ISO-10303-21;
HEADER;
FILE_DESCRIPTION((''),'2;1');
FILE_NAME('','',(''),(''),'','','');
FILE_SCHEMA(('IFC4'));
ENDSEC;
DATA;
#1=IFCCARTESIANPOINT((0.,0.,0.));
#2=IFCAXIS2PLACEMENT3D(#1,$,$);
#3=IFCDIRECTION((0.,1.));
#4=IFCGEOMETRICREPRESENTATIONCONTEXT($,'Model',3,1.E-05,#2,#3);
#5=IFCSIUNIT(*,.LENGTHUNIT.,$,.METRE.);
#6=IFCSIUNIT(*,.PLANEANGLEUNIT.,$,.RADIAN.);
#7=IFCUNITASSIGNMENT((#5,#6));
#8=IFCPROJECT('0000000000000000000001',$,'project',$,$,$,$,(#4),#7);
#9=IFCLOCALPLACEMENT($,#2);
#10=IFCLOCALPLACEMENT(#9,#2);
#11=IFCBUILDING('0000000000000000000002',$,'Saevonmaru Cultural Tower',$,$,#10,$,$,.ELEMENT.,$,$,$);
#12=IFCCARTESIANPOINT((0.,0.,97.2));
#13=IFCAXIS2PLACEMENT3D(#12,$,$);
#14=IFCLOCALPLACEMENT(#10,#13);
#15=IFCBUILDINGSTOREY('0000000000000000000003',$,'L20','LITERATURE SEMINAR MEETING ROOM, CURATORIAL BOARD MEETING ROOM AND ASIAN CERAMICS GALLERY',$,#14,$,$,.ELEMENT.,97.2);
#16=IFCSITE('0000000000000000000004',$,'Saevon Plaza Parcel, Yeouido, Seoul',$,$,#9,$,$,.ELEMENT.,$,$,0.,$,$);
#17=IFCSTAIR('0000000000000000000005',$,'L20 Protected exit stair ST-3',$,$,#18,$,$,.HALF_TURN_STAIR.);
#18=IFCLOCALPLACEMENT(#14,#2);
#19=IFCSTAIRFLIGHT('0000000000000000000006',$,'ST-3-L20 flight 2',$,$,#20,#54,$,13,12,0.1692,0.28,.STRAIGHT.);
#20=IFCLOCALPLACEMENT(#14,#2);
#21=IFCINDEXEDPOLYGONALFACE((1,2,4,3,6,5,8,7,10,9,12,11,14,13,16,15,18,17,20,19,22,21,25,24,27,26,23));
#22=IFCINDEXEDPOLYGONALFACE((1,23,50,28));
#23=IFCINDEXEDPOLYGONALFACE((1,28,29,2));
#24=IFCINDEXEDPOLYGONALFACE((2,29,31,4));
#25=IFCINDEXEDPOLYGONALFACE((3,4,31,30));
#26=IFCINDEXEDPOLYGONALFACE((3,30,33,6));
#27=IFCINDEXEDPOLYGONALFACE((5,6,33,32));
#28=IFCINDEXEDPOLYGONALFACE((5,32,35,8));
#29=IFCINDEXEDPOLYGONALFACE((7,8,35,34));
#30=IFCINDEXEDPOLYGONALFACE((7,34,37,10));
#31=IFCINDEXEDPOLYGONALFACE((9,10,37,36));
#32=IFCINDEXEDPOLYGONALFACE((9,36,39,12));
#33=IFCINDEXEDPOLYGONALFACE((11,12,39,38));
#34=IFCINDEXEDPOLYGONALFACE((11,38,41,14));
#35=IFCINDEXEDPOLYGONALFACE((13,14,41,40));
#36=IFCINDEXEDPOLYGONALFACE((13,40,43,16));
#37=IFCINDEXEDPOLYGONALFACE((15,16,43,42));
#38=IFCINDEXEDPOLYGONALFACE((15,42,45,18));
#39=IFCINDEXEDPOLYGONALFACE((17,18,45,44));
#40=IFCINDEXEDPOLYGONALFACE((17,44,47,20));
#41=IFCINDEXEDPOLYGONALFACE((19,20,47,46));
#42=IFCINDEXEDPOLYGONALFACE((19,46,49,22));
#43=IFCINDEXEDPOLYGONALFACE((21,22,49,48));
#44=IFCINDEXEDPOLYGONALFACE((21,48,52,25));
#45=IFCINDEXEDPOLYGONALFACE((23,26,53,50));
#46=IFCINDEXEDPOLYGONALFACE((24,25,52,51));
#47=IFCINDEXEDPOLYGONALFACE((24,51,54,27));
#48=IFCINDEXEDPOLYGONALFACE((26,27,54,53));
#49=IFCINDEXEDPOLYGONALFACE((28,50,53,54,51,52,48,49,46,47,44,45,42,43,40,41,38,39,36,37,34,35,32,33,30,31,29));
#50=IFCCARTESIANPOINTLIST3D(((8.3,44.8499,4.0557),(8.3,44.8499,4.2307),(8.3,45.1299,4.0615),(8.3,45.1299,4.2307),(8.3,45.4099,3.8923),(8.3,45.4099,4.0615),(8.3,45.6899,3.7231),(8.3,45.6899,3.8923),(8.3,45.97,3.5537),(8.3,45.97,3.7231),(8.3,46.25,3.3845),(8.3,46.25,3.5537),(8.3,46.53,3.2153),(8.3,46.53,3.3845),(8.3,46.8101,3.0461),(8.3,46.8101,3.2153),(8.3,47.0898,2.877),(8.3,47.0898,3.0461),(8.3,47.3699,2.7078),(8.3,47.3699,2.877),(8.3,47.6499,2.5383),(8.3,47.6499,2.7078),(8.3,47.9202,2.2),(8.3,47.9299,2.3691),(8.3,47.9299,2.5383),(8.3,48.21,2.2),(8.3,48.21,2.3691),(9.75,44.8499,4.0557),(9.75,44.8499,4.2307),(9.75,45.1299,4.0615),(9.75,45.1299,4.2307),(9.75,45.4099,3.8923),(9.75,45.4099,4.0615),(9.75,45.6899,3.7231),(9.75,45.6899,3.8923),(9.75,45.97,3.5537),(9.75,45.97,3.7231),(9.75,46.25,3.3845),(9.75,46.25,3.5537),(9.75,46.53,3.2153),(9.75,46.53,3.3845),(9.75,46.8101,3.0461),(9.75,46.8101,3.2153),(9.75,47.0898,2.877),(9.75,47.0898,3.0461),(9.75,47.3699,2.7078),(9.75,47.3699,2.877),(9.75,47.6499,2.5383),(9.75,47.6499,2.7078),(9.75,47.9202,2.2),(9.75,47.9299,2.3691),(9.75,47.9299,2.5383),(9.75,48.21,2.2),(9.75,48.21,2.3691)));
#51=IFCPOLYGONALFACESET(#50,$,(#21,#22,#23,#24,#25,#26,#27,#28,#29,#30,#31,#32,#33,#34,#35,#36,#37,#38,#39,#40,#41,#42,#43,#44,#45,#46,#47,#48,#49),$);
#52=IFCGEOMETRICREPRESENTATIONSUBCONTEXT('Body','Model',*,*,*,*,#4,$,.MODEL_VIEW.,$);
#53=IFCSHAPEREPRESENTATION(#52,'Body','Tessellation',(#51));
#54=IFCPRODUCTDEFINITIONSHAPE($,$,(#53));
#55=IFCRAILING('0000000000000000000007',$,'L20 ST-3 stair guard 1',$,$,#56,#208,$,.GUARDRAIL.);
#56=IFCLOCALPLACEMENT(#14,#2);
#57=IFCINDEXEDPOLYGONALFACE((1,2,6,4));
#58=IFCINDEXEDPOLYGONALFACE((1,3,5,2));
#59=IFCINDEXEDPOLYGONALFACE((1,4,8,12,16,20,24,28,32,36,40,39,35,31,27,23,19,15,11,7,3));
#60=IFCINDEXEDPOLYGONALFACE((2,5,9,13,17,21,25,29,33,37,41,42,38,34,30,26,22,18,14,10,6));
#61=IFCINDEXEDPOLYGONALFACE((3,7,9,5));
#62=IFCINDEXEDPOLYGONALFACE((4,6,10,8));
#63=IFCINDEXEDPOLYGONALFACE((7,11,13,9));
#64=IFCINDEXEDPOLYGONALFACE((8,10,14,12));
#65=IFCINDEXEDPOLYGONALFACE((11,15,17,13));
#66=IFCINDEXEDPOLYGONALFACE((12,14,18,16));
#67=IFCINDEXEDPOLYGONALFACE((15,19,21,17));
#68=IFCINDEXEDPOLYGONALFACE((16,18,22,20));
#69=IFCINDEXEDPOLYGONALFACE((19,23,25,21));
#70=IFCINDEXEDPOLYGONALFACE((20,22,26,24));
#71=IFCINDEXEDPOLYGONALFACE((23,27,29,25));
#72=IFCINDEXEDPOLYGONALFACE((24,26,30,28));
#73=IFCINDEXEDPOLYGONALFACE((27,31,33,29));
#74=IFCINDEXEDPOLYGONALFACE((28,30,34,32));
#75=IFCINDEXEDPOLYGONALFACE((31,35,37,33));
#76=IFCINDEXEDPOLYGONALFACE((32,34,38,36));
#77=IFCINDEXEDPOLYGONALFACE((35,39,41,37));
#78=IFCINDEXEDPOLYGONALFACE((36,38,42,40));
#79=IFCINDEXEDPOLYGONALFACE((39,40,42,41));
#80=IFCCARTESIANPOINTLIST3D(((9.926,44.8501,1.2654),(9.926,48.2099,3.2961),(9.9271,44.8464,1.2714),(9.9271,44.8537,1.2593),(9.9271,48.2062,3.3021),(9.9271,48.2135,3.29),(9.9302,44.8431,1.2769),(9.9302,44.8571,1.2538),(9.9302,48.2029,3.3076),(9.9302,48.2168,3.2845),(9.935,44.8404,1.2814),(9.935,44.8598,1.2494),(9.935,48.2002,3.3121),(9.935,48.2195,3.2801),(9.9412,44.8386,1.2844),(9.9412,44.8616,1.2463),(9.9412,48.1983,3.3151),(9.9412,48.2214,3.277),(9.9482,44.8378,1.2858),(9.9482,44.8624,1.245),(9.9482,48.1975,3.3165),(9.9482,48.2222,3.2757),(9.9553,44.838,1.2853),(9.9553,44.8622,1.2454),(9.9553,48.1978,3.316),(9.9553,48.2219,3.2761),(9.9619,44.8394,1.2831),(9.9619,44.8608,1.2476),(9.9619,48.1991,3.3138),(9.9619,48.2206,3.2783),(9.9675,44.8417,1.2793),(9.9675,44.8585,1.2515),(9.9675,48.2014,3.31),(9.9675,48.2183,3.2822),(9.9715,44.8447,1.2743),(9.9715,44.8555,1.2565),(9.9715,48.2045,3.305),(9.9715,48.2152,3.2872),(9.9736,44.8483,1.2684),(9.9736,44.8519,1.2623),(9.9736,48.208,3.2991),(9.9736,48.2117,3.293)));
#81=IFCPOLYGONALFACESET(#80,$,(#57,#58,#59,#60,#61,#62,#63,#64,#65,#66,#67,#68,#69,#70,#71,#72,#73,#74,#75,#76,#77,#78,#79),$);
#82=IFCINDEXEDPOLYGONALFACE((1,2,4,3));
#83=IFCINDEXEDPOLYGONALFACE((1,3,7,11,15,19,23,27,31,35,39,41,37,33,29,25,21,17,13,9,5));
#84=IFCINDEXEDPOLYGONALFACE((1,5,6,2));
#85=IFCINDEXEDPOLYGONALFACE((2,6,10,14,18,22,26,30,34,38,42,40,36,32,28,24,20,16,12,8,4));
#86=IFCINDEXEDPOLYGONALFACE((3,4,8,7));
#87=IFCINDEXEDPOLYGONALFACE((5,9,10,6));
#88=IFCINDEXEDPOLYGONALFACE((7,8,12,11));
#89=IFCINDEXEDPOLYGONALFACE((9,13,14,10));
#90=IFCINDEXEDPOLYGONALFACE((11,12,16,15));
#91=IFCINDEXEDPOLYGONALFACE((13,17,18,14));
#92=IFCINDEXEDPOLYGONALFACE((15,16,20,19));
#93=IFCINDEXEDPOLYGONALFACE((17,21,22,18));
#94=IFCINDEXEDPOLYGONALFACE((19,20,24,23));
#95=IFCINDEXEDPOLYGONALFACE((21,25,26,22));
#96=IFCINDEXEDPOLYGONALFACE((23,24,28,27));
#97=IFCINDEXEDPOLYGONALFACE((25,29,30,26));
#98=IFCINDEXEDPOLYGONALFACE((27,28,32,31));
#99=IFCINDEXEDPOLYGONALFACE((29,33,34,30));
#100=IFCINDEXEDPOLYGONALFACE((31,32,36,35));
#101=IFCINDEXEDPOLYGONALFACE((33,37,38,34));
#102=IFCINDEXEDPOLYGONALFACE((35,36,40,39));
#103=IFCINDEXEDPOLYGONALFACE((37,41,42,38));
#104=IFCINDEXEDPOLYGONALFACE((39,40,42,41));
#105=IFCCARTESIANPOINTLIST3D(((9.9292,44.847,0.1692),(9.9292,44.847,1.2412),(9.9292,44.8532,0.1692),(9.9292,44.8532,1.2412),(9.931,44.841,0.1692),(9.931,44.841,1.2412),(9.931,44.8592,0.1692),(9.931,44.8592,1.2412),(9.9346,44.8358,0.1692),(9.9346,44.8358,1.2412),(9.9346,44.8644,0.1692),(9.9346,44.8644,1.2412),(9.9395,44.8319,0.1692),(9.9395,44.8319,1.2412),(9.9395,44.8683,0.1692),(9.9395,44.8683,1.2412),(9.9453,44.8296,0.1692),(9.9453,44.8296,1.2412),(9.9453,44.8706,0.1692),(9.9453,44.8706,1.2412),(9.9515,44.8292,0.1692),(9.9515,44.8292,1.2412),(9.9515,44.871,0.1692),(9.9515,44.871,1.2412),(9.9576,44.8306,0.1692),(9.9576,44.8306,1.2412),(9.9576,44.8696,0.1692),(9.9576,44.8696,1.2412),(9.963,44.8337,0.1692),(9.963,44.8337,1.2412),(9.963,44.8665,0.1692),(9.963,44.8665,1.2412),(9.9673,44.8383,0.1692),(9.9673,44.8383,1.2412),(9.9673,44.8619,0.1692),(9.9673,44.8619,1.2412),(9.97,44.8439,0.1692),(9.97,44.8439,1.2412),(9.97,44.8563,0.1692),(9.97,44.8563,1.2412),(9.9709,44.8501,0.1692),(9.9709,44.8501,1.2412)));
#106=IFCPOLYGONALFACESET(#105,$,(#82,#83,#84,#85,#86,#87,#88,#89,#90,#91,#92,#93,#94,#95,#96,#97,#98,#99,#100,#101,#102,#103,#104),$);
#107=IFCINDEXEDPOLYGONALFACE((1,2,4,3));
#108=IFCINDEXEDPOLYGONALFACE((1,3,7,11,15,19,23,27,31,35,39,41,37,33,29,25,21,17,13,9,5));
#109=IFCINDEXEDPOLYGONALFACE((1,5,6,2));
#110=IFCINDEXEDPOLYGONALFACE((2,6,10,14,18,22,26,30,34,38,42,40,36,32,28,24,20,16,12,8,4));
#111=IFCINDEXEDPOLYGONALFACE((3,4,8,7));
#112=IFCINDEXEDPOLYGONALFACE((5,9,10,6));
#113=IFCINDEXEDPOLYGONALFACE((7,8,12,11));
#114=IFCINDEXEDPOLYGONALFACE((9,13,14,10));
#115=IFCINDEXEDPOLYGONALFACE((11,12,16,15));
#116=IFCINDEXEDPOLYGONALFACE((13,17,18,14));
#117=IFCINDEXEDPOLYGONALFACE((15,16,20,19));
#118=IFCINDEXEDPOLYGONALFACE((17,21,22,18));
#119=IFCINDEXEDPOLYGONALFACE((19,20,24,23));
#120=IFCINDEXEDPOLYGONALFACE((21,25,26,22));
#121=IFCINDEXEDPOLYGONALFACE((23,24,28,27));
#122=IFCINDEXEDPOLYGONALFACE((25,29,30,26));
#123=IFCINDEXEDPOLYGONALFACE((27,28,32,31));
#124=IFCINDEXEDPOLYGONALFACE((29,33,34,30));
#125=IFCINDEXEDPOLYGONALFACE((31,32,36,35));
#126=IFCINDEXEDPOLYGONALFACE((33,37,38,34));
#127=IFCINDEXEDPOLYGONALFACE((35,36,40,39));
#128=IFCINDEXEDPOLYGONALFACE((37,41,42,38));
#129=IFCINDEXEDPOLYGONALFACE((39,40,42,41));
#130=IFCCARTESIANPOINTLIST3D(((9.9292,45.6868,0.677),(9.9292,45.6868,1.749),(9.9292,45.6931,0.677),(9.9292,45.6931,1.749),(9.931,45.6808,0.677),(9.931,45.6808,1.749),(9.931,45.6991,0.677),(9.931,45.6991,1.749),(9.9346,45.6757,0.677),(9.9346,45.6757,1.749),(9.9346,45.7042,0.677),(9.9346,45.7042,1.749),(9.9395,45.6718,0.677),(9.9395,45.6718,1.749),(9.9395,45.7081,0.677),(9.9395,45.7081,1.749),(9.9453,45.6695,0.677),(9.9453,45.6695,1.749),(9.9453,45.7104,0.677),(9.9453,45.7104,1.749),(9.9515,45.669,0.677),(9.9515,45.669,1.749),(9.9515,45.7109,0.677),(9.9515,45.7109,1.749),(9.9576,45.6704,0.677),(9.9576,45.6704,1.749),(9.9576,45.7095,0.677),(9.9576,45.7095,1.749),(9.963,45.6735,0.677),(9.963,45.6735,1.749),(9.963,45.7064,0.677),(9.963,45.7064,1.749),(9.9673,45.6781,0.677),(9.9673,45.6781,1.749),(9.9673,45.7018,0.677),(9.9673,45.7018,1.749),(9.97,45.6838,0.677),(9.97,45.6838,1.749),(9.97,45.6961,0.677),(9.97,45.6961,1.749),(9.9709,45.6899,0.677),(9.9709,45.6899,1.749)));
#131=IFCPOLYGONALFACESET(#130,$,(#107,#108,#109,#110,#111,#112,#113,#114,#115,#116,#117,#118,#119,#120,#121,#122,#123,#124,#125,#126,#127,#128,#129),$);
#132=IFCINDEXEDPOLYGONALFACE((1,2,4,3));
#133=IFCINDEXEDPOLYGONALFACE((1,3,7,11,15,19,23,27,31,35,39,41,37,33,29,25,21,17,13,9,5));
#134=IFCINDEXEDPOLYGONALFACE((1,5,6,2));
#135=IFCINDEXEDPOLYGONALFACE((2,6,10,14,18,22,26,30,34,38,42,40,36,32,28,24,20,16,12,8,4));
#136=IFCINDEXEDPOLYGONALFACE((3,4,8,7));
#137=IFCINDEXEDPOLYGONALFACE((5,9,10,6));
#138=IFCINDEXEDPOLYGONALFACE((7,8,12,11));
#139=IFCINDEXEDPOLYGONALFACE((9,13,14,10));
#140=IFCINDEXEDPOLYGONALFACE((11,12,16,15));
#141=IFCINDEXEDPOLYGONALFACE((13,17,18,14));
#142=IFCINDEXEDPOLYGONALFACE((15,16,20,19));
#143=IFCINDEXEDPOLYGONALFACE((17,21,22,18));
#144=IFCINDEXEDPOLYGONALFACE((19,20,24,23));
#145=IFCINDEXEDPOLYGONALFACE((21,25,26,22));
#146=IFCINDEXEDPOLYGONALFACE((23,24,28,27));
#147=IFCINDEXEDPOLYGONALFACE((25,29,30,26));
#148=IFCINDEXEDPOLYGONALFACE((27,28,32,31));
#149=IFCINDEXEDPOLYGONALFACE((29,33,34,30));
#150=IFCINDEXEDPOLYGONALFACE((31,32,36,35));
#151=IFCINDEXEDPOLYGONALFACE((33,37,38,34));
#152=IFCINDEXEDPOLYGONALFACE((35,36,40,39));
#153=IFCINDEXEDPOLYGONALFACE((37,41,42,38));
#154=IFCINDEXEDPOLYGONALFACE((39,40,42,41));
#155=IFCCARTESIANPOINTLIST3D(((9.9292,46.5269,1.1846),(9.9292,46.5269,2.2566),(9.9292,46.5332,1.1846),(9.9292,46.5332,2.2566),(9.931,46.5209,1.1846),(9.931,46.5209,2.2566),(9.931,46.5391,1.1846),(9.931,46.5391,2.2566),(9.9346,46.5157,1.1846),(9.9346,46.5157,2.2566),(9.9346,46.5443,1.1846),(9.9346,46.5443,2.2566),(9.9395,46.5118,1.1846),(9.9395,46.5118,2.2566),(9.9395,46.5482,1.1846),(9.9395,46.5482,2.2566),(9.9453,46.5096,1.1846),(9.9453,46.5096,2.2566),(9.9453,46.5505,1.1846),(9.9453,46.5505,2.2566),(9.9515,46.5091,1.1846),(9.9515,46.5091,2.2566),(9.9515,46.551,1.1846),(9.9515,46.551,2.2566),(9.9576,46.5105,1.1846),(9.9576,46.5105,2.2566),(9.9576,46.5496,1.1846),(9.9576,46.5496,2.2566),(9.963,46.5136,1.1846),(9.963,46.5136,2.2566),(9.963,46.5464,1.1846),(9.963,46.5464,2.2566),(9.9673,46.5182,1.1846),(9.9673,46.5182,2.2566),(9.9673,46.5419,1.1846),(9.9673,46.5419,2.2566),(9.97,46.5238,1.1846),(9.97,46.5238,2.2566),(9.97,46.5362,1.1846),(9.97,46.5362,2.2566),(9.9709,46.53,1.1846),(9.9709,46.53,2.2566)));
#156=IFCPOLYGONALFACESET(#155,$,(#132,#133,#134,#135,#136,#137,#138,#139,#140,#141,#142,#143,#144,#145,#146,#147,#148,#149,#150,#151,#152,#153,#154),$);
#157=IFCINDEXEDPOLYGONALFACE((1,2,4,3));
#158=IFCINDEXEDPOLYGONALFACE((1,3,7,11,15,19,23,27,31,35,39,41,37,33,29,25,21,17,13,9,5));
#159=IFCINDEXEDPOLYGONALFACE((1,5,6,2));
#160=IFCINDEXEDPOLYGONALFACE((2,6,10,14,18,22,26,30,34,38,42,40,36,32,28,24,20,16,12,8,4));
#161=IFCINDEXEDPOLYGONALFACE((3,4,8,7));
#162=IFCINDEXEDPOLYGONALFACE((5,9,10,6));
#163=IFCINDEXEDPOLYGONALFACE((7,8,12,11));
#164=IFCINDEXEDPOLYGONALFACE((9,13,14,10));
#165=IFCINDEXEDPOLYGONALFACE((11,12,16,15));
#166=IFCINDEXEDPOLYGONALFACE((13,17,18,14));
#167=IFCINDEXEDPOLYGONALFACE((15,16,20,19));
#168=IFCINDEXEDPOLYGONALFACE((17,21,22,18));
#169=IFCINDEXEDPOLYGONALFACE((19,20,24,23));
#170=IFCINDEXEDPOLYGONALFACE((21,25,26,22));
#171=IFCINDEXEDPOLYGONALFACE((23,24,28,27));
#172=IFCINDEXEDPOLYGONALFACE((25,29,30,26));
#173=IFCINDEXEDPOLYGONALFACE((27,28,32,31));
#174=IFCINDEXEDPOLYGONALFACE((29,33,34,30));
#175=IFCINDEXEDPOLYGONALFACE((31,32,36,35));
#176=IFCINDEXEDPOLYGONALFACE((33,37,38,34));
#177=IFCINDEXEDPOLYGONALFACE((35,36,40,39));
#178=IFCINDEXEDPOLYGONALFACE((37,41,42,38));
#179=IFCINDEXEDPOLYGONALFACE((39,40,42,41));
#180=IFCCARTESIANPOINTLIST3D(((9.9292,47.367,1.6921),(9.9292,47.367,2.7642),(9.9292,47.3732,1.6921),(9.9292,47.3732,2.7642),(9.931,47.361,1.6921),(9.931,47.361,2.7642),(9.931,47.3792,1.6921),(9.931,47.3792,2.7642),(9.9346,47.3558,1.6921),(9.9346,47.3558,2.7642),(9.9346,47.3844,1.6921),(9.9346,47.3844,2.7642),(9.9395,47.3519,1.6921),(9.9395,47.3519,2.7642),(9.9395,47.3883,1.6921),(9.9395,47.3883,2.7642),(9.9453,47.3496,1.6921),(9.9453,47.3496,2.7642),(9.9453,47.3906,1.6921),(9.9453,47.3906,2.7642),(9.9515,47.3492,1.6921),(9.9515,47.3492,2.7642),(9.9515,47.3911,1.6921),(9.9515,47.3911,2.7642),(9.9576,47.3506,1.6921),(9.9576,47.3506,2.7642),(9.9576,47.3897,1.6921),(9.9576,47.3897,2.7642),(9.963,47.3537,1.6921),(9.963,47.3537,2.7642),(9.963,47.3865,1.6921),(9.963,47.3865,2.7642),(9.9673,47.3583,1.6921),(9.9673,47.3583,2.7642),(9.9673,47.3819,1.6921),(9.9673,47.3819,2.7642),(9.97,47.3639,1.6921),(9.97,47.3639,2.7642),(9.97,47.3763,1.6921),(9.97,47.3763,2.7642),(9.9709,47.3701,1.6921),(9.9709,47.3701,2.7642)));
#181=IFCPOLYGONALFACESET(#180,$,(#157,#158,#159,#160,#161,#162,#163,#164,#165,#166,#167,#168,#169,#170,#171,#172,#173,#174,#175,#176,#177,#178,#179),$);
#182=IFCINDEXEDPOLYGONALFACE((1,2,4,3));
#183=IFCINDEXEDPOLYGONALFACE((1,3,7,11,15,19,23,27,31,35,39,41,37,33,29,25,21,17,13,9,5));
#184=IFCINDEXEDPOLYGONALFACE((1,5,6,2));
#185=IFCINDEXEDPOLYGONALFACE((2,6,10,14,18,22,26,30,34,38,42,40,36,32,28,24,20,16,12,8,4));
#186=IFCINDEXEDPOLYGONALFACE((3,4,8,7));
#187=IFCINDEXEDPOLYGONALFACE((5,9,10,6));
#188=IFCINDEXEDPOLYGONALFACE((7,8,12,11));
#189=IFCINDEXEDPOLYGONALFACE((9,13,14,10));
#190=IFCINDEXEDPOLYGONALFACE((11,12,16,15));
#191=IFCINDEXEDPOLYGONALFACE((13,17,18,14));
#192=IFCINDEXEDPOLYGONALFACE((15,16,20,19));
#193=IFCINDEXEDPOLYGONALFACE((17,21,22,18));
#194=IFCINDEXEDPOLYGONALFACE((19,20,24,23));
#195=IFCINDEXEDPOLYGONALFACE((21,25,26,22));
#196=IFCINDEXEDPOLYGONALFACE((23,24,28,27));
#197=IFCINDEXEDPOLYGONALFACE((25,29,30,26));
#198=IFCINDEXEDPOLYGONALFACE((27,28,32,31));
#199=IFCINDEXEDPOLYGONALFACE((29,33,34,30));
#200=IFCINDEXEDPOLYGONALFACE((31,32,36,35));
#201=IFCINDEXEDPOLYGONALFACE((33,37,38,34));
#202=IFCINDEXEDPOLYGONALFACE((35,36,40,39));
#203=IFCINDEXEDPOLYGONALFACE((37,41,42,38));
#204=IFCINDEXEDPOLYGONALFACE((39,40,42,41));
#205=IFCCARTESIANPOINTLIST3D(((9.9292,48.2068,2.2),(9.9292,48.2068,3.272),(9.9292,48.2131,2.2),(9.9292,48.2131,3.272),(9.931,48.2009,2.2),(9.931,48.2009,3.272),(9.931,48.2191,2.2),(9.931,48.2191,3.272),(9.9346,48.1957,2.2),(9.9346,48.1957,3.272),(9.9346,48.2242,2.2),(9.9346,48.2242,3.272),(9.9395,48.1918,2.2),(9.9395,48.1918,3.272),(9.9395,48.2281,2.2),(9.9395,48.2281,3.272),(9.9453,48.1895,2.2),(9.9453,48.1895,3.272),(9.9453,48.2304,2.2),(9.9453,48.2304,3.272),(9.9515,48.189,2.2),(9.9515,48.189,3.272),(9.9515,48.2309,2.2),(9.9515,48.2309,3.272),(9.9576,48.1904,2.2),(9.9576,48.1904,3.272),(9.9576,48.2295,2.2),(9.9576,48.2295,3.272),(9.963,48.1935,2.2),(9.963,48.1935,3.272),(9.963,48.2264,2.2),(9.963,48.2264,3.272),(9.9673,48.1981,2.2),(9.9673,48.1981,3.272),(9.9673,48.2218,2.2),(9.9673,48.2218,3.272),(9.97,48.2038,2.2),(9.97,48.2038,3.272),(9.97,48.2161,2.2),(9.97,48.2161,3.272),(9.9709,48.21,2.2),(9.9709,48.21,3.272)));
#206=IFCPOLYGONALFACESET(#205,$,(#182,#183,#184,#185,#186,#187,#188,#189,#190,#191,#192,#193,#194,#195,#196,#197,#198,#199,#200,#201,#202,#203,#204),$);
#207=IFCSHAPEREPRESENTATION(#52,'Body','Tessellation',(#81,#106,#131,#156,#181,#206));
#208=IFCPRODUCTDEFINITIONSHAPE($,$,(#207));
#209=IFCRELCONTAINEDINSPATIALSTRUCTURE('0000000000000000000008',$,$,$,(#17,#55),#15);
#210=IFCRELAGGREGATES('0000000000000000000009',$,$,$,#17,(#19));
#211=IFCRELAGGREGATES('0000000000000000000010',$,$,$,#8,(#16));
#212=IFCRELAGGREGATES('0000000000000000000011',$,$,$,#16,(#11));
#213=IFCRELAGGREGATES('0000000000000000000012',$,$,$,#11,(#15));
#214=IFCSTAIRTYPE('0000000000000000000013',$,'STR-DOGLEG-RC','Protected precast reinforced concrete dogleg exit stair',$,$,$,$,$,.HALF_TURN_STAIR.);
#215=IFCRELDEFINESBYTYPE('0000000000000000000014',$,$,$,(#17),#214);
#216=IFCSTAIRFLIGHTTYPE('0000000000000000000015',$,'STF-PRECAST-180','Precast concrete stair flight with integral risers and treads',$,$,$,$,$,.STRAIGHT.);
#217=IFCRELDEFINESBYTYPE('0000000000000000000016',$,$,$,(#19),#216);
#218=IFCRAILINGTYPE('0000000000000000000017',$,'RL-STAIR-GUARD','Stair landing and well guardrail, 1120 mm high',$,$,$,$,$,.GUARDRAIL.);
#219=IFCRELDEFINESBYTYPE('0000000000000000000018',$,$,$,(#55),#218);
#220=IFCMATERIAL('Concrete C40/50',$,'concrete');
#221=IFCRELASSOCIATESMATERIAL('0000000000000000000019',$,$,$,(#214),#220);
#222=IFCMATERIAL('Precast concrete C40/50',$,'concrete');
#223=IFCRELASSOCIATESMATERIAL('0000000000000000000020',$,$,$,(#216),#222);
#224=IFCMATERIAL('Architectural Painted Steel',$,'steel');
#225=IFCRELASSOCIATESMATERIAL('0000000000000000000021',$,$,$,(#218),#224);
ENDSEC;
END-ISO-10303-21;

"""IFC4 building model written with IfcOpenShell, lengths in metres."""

from ifc_helpers import new_model, si_unit, direction, frame, origin, origin_2d, place, context, subcontext, project, spatial, polyline, circle, outline, extrude, material, type_object, element, aggregate, save


model = new_model("IFC4")

# Units and contexts
model_context = context("Model", 3, precision=1e-05, world=origin(), true_north=direction((0.0, 1.0)))
body_context = subcontext(model_context, "Body", "Model", "MODEL_VIEW")
ifc_project = project(units=[si_unit("LENGTHUNIT", "METRE"), si_unit("PLANEANGLEUNIT", "RADIAN")], contexts=[model_context])

# Site, building, storey
site_placement = place(None, origin())
site = spatial("IfcSite", under=ifc_project, at=site_placement, Name="Saevon Plaza Parcel, Yeouido, Seoul", CompositionType="ELEMENT", RefElevation=0.0)
building_placement = place(site_placement, origin())
building = spatial("IfcBuilding", under=site, at=building_placement, Name="Saevonmaru Cultural Tower", CompositionType="ELEMENT")
storey_placement = place(building_placement, frame((0.0, 0.0, 97.2)))
storey = spatial("IfcBuildingStorey", under=building, at=storey_placement, Name="L20", Description="LITERATURE SEMINAR MEETING ROOM, CURATORIAL BOARD MEETING ROOM AND ASIAN CERAMICS GALLERY", CompositionType="ELEMENT", Elevation=97.2)

# Shared definitions
ifc_material_1 = material(Name="Concrete C40/50", Category="concrete")

# Stair, stair flight
stair_type = type_object("IfcStairType", Name="STR-DOGLEG-RC", Description="Protected precast reinforced concrete dogleg exit stair", PredefinedType="HALF_TURN_STAIR", material=ifc_material_1)
stair_placement = place(storey_placement, origin())
stair = element("IfcStair", 1, at=stair_placement, inside=storey, type_object=stair_type, Name="L20 Protected exit stair ST-3", PredefinedType="HALF_TURN_STAIR")
ifc_material_2 = material(Name="Precast concrete C40/50", Category="concrete")
stair_flight_type = type_object("IfcStairFlightType", Name="STF-PRECAST-180", Description="Precast concrete stair flight with integral risers and treads", PredefinedType="STRAIGHT", material=ifc_material_2)
stair_flight_1_placement = place(storey_placement, frame((9.0249, 48.21, 2.2), z_axis=(0.0, 0.0, 1.0), x_axis=(0.0, -1.0, 0.0)))
stair_flight_1 = element("IfcStairFlight", 2, at=stair_flight_1_placement, type_object=stair_flight_type, Name="ST-3-L20 flight 2", NumberOfRisers=13, NumberOfTreads=12, PredefinedType="STRAIGHT", RiserHeight=0.1692, TreadLength=0.28, context=body_context, shape_type="SweptSolid", body=[
    extrude(outline(polyline([(0.0, 0.0), (0.0, 0.1692), (0.28, 0.1692), (0.28, 0.3384), (0.5601, 0.3384), (0.5601, 0.5078), (0.8401, 0.5078), (0.8401, 0.677), (1.1201, 0.677), (1.1201, 0.8462), (1.3999, 0.8462), (1.3999, 1.0154), (1.6799, 1.0154), (1.6799, 1.1846), (1.96, 1.1846), (1.96, 1.3538), (2.24, 1.3538), (2.24, 1.5232), (2.52, 1.5232), (2.52, 1.6924), (2.8, 1.6924), (2.8, 1.8616), (3.0801, 1.8616), (3.0801, 2.0308), (3.3601, 2.0308), (3.3601, 2.2), (3.3601, 1.8557), (0.2898, 0.0), (0.0, 0.0)])), frame((0.0, 0.7251, 0.0), z_axis=(0.0, -1.0, 0.0), x_axis=(1.0, 0.0, 0.0)), (0.0, 0.0, 1.0), 1.45),
])
aggregate(stair, [stair_flight_1])

# Railing
ifc_material_3 = material(Name="Architectural Painted Steel", Category="steel")
railing_type_1 = type_object("IfcRailingType", Name="RL-STAIR-GUARD", Description="Stair landing and well guardrail, 1120 mm high", PredefinedType="GUARDRAIL", material=ifc_material_3)
railing_1_placement = place(storey_placement, frame((9.95, 44.8501, 0.1692)))
element("IfcRailing", 3, at=railing_1_placement, inside=storey, type_object=railing_type_1, Name="L20 ST-3 stair guard 1", PredefinedType="GUARDRAIL", context=body_context, shape_type="SweptSolid", body=[
    extrude(circle(Radius=0.0239, at=origin_2d()), frame((0.0, 0.0, 1.0962), z_axis=(0.0, 0.85582, 0.517273), x_axis=(-1.0, 0.0, 0.0)), (0.0, 0.0, 1.0), 3.9258),
    extrude(circle(Radius=0.021, at=origin_2d()), origin(), (0.0, 0.0, 1.0), 1.072),
    extrude(circle(Radius=0.021, at=origin_2d()), frame((0.0, 0.8398, 0.5078)), (0.0, 0.0, 1.0), 1.072),
    extrude(circle(Radius=0.021, at=origin_2d()), frame((0.0, 1.6799, 1.0154)), (0.0, 0.0, 1.0), 1.072),
    extrude(circle(Radius=0.021, at=origin_2d()), frame((0.0, 2.52, 1.5229)), (0.0, 0.0, 1.0), 1.072),
    extrude(circle(Radius=0.021, at=origin_2d()), frame((0.0, 3.3599, 2.0308)), (0.0, 0.0, 1.0), 1.072),
])

save(model, "model.ifc")
